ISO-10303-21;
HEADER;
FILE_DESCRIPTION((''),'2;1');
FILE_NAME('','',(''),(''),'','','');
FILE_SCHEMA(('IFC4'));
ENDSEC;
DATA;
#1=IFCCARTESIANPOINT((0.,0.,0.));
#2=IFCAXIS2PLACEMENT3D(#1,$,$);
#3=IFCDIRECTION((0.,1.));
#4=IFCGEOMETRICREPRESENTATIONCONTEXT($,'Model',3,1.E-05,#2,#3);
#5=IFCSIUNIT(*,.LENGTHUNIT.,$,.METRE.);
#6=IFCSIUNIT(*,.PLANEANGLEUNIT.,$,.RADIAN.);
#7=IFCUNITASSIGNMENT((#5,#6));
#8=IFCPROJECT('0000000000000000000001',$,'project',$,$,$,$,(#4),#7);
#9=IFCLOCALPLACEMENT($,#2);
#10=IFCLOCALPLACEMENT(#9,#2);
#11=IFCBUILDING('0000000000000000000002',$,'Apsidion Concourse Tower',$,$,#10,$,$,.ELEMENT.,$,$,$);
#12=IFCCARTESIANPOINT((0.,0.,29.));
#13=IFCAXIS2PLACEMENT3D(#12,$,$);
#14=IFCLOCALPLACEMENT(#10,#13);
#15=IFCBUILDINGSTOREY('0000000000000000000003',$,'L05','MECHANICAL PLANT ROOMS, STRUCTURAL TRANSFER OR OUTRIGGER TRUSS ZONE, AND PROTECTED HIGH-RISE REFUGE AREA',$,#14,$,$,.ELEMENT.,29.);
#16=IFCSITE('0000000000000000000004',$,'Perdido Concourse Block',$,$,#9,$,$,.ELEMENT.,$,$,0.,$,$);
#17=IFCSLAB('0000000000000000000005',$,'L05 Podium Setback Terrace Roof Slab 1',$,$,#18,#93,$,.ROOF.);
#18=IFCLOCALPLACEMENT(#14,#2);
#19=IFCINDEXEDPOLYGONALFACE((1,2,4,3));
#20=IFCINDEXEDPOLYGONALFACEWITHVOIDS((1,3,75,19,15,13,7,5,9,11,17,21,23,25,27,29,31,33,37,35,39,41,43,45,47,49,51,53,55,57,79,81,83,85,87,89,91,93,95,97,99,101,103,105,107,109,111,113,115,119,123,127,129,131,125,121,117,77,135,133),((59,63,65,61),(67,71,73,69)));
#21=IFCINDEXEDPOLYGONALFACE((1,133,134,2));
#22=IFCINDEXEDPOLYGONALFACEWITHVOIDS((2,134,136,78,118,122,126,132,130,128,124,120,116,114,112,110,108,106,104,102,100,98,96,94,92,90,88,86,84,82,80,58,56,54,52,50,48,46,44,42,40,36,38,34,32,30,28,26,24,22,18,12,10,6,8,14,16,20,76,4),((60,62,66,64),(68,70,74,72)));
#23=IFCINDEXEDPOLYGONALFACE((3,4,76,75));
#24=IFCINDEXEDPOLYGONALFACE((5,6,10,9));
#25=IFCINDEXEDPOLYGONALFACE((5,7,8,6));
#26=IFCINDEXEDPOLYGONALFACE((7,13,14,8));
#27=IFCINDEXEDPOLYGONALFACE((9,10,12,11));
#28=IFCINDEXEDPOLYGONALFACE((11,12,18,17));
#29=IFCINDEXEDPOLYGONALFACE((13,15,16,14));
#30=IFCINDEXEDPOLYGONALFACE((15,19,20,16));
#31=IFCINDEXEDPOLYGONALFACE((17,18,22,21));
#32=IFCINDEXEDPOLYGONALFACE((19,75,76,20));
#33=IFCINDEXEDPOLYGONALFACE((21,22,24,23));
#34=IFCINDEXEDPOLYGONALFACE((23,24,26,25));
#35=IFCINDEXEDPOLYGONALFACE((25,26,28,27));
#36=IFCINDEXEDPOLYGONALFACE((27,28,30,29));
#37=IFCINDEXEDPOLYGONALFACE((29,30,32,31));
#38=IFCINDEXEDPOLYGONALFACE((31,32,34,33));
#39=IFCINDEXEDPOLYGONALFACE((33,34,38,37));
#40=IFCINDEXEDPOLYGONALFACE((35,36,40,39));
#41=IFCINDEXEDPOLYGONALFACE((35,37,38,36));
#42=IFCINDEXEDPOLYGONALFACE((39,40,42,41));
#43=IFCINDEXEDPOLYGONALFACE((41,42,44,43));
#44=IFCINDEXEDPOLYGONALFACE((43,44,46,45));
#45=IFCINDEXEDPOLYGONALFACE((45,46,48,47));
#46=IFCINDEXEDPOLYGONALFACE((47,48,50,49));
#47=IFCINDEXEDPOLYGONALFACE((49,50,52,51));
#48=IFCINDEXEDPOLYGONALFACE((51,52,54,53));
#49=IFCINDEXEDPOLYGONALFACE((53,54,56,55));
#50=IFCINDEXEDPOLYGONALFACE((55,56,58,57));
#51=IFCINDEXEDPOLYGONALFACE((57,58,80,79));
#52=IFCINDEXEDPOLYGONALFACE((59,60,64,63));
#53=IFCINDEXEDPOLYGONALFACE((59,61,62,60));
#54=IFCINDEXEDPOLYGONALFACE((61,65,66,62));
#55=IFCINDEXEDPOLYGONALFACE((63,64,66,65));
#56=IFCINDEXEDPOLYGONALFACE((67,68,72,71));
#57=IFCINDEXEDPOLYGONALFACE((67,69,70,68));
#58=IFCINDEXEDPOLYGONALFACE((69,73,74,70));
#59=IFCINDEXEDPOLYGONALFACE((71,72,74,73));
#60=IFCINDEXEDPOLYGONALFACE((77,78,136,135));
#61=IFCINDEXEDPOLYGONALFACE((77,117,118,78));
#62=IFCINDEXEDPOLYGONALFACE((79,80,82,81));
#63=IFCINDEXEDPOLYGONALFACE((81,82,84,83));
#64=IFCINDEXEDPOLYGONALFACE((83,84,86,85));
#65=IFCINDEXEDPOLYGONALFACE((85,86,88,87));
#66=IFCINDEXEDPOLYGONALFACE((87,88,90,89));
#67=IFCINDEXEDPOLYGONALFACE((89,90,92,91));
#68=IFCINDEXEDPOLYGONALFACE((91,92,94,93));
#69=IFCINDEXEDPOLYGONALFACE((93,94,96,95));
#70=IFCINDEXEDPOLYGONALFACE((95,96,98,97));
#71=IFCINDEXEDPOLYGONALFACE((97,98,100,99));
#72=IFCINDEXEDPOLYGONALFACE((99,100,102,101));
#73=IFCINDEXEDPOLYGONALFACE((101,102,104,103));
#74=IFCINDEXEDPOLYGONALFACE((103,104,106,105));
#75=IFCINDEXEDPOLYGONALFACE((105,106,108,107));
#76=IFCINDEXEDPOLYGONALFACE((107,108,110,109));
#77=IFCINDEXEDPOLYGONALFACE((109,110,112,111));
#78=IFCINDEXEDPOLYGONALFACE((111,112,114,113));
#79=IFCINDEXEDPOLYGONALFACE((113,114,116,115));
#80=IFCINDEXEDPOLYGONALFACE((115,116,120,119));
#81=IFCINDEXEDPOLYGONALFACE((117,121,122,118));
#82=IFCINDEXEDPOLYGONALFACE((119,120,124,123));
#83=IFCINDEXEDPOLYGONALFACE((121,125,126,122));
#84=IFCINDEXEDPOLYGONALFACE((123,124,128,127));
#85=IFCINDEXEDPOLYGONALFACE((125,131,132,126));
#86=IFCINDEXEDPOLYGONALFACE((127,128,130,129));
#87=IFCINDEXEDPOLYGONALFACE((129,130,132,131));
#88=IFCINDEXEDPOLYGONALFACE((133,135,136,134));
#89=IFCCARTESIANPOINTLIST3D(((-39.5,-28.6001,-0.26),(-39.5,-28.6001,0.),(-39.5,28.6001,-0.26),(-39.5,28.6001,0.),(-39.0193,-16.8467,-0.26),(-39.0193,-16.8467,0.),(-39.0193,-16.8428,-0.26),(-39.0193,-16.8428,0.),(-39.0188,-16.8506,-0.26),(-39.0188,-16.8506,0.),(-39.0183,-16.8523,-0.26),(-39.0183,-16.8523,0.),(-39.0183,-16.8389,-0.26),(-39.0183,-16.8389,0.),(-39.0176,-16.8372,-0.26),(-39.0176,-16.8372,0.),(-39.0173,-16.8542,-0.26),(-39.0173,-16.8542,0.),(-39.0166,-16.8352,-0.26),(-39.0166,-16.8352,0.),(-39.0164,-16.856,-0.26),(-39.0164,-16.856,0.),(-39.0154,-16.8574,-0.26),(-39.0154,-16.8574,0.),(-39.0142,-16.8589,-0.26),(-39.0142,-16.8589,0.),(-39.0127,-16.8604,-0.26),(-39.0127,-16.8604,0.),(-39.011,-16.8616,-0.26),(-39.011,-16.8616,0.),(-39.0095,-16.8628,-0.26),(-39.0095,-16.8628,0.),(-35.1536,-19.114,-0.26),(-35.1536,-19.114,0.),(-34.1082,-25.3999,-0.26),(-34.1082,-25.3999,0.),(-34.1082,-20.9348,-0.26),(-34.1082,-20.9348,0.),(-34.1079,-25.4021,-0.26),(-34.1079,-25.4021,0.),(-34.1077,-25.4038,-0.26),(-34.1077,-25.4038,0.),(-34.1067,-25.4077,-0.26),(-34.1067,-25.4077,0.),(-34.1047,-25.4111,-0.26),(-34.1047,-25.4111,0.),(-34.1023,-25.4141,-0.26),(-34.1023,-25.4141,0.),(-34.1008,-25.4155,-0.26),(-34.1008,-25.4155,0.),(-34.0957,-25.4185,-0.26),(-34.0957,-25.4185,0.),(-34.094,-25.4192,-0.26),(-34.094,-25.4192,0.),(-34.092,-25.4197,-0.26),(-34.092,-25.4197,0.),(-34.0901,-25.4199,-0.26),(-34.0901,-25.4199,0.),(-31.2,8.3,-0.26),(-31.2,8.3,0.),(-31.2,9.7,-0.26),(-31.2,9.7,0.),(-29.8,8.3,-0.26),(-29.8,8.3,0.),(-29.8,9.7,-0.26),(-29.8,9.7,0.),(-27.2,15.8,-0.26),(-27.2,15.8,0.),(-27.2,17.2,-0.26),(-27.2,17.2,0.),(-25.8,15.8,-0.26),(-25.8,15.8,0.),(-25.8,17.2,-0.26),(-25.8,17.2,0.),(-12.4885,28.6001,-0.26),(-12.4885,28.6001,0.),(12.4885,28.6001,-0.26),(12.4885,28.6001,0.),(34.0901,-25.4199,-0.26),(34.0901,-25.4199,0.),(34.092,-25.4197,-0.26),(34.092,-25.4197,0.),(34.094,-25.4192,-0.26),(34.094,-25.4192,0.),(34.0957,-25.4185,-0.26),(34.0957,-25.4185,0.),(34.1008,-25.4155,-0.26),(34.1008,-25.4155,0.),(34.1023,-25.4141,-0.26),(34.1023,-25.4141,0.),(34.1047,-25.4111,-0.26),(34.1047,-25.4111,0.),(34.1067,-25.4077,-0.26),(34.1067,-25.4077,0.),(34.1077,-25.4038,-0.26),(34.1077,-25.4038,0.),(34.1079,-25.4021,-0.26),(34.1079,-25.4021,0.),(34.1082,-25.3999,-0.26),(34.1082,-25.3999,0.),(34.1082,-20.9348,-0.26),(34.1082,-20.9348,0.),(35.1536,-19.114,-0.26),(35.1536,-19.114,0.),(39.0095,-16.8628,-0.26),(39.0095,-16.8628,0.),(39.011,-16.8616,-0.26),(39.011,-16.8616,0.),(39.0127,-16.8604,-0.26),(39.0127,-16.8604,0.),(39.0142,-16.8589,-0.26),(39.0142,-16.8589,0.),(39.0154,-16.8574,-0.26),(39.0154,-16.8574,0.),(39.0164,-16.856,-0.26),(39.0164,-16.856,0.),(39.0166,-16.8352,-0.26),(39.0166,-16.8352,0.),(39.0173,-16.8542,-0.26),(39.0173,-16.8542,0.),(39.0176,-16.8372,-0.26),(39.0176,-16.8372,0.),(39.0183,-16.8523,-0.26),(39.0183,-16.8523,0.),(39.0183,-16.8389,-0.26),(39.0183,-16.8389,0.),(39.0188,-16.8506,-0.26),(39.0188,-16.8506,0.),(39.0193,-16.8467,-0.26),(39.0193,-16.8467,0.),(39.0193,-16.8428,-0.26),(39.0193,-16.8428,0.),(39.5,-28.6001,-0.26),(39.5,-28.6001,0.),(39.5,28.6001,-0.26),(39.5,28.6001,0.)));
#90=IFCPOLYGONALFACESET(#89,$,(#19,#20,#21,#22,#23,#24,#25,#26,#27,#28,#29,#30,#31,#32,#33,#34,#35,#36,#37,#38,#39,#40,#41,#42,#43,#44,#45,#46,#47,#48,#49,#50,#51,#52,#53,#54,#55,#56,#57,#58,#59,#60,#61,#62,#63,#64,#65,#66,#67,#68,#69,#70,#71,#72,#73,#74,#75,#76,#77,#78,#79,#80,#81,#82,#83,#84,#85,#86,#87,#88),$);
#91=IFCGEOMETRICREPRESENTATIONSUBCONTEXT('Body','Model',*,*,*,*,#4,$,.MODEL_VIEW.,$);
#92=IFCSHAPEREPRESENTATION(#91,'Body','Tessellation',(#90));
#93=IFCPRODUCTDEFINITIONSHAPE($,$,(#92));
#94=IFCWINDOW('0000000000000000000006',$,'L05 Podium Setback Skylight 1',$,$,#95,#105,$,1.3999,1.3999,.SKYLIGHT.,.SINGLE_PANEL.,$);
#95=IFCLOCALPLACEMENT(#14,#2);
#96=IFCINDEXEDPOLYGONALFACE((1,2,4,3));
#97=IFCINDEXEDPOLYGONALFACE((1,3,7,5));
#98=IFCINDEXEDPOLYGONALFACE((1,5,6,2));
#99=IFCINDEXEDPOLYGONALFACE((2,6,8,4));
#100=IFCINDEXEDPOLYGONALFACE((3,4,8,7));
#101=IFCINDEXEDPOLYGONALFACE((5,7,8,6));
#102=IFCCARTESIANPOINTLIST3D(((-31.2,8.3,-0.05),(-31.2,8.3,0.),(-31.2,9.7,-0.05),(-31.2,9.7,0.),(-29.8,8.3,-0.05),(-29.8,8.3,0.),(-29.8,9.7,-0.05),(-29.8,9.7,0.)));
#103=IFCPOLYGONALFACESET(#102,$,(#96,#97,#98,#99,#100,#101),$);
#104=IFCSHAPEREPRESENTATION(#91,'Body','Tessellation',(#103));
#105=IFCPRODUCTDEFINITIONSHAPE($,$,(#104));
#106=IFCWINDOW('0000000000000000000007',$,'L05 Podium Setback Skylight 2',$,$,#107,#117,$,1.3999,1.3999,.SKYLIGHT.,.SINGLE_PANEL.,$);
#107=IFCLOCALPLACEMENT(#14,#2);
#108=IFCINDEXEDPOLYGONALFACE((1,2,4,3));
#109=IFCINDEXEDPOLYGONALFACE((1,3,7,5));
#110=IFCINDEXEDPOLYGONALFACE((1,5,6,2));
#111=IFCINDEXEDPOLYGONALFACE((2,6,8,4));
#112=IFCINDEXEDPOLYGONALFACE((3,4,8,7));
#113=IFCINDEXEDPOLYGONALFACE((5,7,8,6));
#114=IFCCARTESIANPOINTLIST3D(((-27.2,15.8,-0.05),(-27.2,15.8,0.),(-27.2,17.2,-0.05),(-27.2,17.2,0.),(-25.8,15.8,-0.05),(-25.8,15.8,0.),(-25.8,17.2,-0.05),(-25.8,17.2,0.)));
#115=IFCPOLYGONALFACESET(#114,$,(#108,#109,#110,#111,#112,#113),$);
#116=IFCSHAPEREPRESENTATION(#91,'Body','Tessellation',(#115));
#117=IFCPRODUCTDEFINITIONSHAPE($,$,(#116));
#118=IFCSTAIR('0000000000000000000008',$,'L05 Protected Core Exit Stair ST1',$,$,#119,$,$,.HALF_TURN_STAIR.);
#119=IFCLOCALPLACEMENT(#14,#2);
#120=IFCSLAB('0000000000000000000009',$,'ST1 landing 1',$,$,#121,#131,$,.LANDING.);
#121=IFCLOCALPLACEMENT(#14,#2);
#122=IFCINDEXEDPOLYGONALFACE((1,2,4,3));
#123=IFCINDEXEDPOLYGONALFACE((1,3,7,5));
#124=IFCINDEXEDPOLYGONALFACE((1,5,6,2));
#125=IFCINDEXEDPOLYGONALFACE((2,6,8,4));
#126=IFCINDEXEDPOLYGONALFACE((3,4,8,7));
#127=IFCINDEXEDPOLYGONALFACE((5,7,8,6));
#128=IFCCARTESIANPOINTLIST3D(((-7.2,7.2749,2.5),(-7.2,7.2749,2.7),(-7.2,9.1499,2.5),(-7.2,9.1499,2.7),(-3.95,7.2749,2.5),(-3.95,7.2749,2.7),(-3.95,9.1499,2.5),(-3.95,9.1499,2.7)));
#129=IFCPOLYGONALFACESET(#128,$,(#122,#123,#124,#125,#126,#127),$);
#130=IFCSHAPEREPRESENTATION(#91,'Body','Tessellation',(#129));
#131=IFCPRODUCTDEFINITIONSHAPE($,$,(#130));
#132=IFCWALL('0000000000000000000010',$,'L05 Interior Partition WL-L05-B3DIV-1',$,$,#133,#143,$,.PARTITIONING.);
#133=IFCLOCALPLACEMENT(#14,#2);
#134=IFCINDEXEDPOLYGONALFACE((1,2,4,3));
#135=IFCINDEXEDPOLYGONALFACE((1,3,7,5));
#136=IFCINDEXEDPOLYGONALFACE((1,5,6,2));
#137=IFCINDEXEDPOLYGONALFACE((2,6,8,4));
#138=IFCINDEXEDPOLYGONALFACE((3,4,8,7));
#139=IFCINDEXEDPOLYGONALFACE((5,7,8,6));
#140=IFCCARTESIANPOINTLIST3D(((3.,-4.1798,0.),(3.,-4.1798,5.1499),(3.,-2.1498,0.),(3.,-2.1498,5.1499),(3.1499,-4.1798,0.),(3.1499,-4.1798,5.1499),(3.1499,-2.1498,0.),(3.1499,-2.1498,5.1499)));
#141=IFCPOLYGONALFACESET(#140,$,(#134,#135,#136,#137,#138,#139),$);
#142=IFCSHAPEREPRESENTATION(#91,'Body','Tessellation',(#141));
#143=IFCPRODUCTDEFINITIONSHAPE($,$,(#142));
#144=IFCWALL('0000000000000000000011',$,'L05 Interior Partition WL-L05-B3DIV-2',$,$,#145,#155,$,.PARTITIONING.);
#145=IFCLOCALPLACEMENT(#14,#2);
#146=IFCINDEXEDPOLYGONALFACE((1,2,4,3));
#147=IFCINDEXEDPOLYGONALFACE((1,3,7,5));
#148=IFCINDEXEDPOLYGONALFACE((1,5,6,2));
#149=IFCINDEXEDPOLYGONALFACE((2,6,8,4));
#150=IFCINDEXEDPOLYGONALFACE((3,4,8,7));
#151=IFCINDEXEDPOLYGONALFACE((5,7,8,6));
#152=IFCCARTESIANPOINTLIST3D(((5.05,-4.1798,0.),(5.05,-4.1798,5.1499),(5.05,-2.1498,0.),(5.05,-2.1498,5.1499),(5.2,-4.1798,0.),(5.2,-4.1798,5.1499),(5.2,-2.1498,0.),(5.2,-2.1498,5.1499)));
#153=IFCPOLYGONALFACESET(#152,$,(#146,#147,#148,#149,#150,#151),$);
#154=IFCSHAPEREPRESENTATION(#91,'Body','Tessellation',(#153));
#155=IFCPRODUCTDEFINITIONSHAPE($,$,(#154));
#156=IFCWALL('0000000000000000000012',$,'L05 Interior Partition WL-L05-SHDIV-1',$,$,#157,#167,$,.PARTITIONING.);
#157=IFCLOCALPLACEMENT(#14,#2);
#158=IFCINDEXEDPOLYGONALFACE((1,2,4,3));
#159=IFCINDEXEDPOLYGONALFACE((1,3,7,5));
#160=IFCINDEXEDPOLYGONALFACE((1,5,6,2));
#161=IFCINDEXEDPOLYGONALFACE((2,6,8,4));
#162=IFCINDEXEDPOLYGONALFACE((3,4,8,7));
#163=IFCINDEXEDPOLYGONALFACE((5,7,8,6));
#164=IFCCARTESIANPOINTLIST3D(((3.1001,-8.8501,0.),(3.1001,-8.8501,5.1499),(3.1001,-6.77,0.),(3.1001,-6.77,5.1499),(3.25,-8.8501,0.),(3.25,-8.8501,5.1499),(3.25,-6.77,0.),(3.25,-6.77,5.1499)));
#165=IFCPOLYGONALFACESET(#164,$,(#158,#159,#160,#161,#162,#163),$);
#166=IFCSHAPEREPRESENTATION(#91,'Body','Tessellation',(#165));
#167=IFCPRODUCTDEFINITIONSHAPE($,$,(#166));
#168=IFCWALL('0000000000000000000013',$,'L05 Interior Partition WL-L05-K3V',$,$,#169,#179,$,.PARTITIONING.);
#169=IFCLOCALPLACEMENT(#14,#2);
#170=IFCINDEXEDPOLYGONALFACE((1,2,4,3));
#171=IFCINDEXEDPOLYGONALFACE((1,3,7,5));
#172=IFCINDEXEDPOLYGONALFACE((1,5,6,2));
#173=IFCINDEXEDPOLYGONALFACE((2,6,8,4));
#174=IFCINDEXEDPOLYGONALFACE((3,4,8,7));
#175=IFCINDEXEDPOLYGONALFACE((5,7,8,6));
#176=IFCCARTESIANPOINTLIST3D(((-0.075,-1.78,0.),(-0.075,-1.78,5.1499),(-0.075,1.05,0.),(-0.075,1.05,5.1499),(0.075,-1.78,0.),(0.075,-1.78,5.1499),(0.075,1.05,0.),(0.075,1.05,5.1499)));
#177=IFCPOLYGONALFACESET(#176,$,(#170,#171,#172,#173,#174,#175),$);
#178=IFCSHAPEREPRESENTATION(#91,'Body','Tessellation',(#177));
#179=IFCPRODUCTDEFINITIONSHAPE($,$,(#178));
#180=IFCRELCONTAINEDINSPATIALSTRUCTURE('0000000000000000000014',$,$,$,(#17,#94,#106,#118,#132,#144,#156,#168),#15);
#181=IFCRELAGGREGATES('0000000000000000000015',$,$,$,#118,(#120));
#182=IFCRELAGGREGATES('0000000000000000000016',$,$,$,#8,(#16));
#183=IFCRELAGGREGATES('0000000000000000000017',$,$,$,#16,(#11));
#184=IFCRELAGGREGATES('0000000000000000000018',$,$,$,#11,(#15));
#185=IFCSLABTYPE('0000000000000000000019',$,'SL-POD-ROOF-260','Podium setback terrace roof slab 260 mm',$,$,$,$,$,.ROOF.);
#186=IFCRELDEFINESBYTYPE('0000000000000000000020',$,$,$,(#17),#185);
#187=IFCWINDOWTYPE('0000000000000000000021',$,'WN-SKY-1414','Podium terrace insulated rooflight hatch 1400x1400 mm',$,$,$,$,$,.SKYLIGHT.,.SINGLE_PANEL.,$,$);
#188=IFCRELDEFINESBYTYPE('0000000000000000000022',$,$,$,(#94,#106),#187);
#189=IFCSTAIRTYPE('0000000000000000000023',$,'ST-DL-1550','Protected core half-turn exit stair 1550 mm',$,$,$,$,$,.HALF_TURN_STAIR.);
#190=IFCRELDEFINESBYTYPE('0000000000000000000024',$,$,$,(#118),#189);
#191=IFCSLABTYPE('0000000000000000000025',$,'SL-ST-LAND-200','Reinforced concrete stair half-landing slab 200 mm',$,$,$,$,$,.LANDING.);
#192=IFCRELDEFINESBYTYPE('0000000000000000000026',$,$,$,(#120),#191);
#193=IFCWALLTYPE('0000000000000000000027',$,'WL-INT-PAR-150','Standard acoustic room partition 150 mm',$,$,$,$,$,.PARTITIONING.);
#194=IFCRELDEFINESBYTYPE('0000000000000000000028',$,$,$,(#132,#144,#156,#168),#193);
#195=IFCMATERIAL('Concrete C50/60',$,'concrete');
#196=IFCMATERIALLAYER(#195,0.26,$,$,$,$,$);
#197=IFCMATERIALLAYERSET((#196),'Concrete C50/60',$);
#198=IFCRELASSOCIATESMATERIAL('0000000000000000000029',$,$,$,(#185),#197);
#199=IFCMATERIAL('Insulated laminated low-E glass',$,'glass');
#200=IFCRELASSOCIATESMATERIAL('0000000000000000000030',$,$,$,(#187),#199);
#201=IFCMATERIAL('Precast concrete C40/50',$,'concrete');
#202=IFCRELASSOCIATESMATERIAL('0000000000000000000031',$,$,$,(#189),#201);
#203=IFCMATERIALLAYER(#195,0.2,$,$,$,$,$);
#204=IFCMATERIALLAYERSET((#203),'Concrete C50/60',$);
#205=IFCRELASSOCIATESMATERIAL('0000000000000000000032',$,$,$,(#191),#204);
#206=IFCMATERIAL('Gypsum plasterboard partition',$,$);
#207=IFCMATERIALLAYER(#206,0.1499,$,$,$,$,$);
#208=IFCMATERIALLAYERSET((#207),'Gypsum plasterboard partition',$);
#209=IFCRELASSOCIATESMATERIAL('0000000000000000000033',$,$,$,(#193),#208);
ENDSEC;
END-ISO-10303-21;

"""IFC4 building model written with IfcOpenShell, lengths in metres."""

from ifc_helpers import new_model, si_unit, direction, frame, frame_2d, origin, origin_2d, place, context, subcontext, project, spatial, polyline, rectangle, outline, extrude, material, layer, layer_set, type_object, element, fill, aggregate, save


model = new_model("IFC4")

# Units and contexts
model_context = context("Model", 3, precision=1e-05, world=origin(), true_north=direction((0.0, 1.0)))
body_context = subcontext(model_context, "Body", "Model", "MODEL_VIEW")
ifc_project = project(units=[si_unit("LENGTHUNIT", "METRE"), si_unit("PLANEANGLEUNIT", "RADIAN")], contexts=[model_context])

# Site, building, storey
site_placement = place(None, origin())
site = spatial("IfcSite", under=ifc_project, at=site_placement, Name="Perdido Concourse Block", CompositionType="ELEMENT", RefElevation=0.0)
building_placement = place(site_placement, origin())
building = spatial("IfcBuilding", under=site, at=building_placement, Name="Apsidion Concourse Tower", CompositionType="ELEMENT")
storey_placement = place(building_placement, frame((0.0, 0.0, 29.0)))
storey = spatial("IfcBuildingStorey", under=building, at=storey_placement, Name="L05", Description="MECHANICAL PLANT ROOMS, STRUCTURAL TRANSFER OR OUTRIGGER TRUSS ZONE, AND PROTECTED HIGH-RISE REFUGE AREA", CompositionType="ELEMENT", Elevation=29.0)

# Shared definitions
ifc_material_1 = material(Name="Concrete C50/60", Category="concrete")

# Slab, openings, windows
ifc_layer_1 = layer(ifc_material_1, 0.26)
ifc_layer_set_1 = layer_set([ifc_layer_1], Name="Concrete C50/60")
slab_type_1 = type_object("IfcSlabType", Name="SL-POD-ROOF-260", Description="Podium setback terrace roof slab 260 mm", PredefinedType="ROOF", material=ifc_layer_set_1)
slab_1_placement = place(storey_placement, frame((0.0, 0.0, -0.26)))
slab_1 = element("IfcSlab", 1, at=slab_1_placement, inside=storey, type_object=slab_type_1, Name="L05 Podium Setback Terrace Roof Slab 1", PredefinedType="ROOF", context=body_context, shape_type="SweptSolid", body=[
    extrude(outline(polyline([(39.5, 28.6001), (39.5, -28.6001), (-39.5, -28.6001), (-39.5, 28.6001), (-12.4885, 28.6001), (-39.0166, -16.8352), (-39.0176, -16.8372), (-39.0183, -16.8389), (-39.0188, -16.8408), (-39.0193, -16.8428), (-39.0193, -16.8445), (-39.0193, -16.8467), (-39.019, -16.8486), (-39.0188, -16.8506), (-39.0183, -16.8523), (-39.0173, -16.8542), (-39.0164, -16.856), (-39.0154, -16.8574), (-39.0142, -16.8589), (-39.0127, -16.8604), (-39.011, -16.8616), (-39.0095, -16.8628), (-35.1536, -19.114), (-34.1082, -20.9348), (-34.1082, -25.3999), (-34.1079, -25.4021), (-34.1077, -25.4038), (-34.1072, -25.4058), (-34.1067, -25.4077), (-34.1057, -25.4094), (-34.1047, -25.4111), (-34.1035, -25.4126), (-34.1023, -25.4141), (-34.1008, -25.4155), (-34.0991, -25.4165), (-34.0974, -25.4175), (-34.0957, -25.4185), (-34.094, -25.4192), (-34.092, -25.4197), (-34.0901, -25.4199), (-34.0881, -25.4199), (34.0881, -25.4199), (34.0901, -25.4199), (34.092, -25.4197), (34.094, -25.4192), (34.0957, -25.4185), (34.0974, -25.4175), (34.0991, -25.4165), (34.1008, -25.4155), (34.1023, -25.4141), (34.1035, -25.4126), (34.1047, -25.4111), (34.1057, -25.4094), (34.1067, -25.4077), (34.1072, -25.4058), (34.1077, -25.4038), (34.1079, -25.4021), (34.1082, -25.3999), (34.1082, -20.9348), (35.1536, -19.114), (39.0095, -16.8628), (39.011, -16.8616), (39.0127, -16.8604), (39.0142, -16.8589), (39.0154, -16.8574), (39.0164, -16.856), (39.0173, -16.8542), (39.0183, -16.8523), (39.0188, -16.8506), (39.019, -16.8486), (39.0193, -16.8467), (39.0193, -16.8445), (39.0193, -16.8428), (39.0188, -16.8408), (39.0183, -16.8389), (39.0176, -16.8372), (39.0166, -16.8352), (12.4885, 28.6001), (39.5, 28.6001)])), origin(), (0.0, 0.0, 1.0), 0.26),
])
opening_1_placement = place(slab_1_placement, frame((-30.5, 9.0, -0.01)))
opening_1 = element("IfcOpeningElement", 2, at=opening_1_placement, cuts=slab_1, PredefinedType="OPENING", context=body_context, shape_type="SweptSolid", body=[
    extrude(rectangle(XDim=1.3999, YDim=1.3999, at=origin_2d()), origin(), (0.0, 0.0, 1.0), 0.28),
])
opening_2_placement = place(slab_1_placement, frame((-26.5, 16.5, -0.01)))
opening_2 = element("IfcOpeningElement", 3, at=opening_2_placement, cuts=slab_1, PredefinedType="OPENING", context=body_context, shape_type="SweptSolid", body=[
    extrude(rectangle(XDim=1.3999, YDim=1.3999, at=origin_2d()), origin(), (0.0, 0.0, 1.0), 0.28),
])
ifc_material_2 = material(Name="Insulated laminated low-E glass", Category="glass")
window_type = type_object("IfcWindowType", Name="WN-SKY-1414", Description="Podium terrace insulated rooflight hatch 1400x1400 mm", PartitioningType="SINGLE_PANEL", PredefinedType="SKYLIGHT", material=ifc_material_2)
window_1_placement = place(slab_1_placement, frame((-30.5, 9.0, 0.21)))
window_1 = element("IfcWindow", 4, at=window_1_placement, inside=storey, type_object=window_type, Name="L05 Podium Setback Skylight 1", OverallHeight=1.3999, OverallWidth=1.3999, PartitioningType="SINGLE_PANEL", PredefinedType="SKYLIGHT", context=body_context, shape_type="SweptSolid", body=[
    extrude(rectangle(XDim=1.3999, YDim=1.3999, at=origin_2d()), origin(), (0.0, 0.0, 1.0), 0.05),
])
fill(opening_1, window_1)
window_2_placement = place(slab_1_placement, frame((-26.5, 16.5, 0.21)))
window_2 = element("IfcWindow", 5, at=window_2_placement, inside=storey, type_object=window_type, Name="L05 Podium Setback Skylight 2", OverallHeight=1.3999, OverallWidth=1.3999, PartitioningType="SINGLE_PANEL", PredefinedType="SKYLIGHT", context=body_context, shape_type="SweptSolid", body=[
    extrude(rectangle(XDim=1.3999, YDim=1.3999, at=origin_2d()), origin(), (0.0, 0.0, 1.0), 0.05),
])
fill(opening_2, window_2)

# Stair, slab
ifc_material_3 = material(Name="Precast concrete C40/50", Category="concrete")
stair_type = type_object("IfcStairType", Name="ST-DL-1550", Description="Protected core half-turn exit stair 1550 mm", PredefinedType="HALF_TURN_STAIR", material=ifc_material_3)
stair_placement = place(storey_placement, origin())
stair = element("IfcStair", 6, at=stair_placement, inside=storey, type_object=stair_type, Name="L05 Protected Core Exit Stair ST1", PredefinedType="HALF_TURN_STAIR")
ifc_layer_2 = layer(ifc_material_1, 0.2)
ifc_layer_set_2 = layer_set([ifc_layer_2], Name="Concrete C50/60")
slab_type_2 = type_object("IfcSlabType", Name="SL-ST-LAND-200", Description="Reinforced concrete stair half-landing slab 200 mm", PredefinedType="LANDING", material=ifc_layer_set_2)
slab_2_placement = place(storey_placement, frame((0.0, 0.0, 2.5)))
slab_2 = element("IfcSlab", 7, at=slab_2_placement, type_object=slab_type_2, Name="ST1 landing 1", PredefinedType="LANDING", context=body_context, shape_type="SweptSolid", body=[
    extrude(outline(polyline([(-3.95, 7.2749), (-3.95, 9.1499), (-7.2, 9.1499), (-7.2, 7.2749), (-3.95, 7.2749)])), origin(), (0.0, 0.0, 1.0), 0.2),
])
aggregate(stair, [slab_2])

# Walls
ifc_material_4 = material(Name="Gypsum plasterboard partition")
ifc_layer_3 = layer(ifc_material_4, 0.1499)
ifc_layer_set_3 = layer_set([ifc_layer_3], Name="Gypsum plasterboard partition")
wall_type_1 = type_object("IfcWallType", Name="WL-INT-PAR-150", Description="Standard acoustic room partition 150 mm", PredefinedType="PARTITIONING", material=ifc_layer_set_3)
for number, where, z_axis, x_axis, name in (
    (8, (3.075, -4.1799, 0.0), (0.0, 0.0, 1.0), (0.0, 1.0, 0.0), "L05 Interior Partition WL-L05-B3DIV-1"),
    (9, (5.125, -4.1799, 0.0), (0.0, 0.0, 1.0), (0.0, 1.0, 0.0), "L05 Interior Partition WL-L05-B3DIV-2"),
):
    element("IfcWall", number, at=place(storey_placement, frame(where, z_axis=z_axis, x_axis=x_axis)), inside=storey, type_object=wall_type_1, Name=name, PredefinedType="PARTITIONING", context=body_context, shape_type="SweptSolid", body=[
        extrude(rectangle(XDim=2.03, YDim=0.1499, at=frame_2d((1.0151, 0.0))), origin(), (0.0, 0.0, 1.0), 5.1499),
    ])
wall_1_placement = place(storey_placement, frame((3.175, -8.8501, 0.0), z_axis=(0.0, 0.0, 1.0), x_axis=(0.0, 1.0, 0.0)))
element("IfcWall", 10, at=wall_1_placement, inside=storey, type_object=wall_type_1, Name="L05 Interior Partition WL-L05-SHDIV-1", PredefinedType="PARTITIONING", context=body_context, shape_type="SweptSolid", body=[
    extrude(rectangle(XDim=2.0801, YDim=0.1499, at=frame_2d((1.04, 0.0))), origin(), (0.0, 0.0, 1.0), 5.1499),
])
wall_2_placement = place(storey_placement, frame((0.0, -1.78, 0.0), z_axis=(0.0, 0.0, 1.0), x_axis=(0.0, 1.0, 0.0)))
element("IfcWall", 11, at=wall_2_placement, inside=storey, type_object=wall_type_1, Name="L05 Interior Partition WL-L05-K3V", PredefinedType="PARTITIONING", context=body_context, shape_type="SweptSolid", body=[
    extrude(rectangle(XDim=2.8301, YDim=0.1499, at=frame_2d((1.415, 0.0))), origin(), (0.0, 0.0, 1.0), 5.1499),
])

save(model, "model.ifc")
